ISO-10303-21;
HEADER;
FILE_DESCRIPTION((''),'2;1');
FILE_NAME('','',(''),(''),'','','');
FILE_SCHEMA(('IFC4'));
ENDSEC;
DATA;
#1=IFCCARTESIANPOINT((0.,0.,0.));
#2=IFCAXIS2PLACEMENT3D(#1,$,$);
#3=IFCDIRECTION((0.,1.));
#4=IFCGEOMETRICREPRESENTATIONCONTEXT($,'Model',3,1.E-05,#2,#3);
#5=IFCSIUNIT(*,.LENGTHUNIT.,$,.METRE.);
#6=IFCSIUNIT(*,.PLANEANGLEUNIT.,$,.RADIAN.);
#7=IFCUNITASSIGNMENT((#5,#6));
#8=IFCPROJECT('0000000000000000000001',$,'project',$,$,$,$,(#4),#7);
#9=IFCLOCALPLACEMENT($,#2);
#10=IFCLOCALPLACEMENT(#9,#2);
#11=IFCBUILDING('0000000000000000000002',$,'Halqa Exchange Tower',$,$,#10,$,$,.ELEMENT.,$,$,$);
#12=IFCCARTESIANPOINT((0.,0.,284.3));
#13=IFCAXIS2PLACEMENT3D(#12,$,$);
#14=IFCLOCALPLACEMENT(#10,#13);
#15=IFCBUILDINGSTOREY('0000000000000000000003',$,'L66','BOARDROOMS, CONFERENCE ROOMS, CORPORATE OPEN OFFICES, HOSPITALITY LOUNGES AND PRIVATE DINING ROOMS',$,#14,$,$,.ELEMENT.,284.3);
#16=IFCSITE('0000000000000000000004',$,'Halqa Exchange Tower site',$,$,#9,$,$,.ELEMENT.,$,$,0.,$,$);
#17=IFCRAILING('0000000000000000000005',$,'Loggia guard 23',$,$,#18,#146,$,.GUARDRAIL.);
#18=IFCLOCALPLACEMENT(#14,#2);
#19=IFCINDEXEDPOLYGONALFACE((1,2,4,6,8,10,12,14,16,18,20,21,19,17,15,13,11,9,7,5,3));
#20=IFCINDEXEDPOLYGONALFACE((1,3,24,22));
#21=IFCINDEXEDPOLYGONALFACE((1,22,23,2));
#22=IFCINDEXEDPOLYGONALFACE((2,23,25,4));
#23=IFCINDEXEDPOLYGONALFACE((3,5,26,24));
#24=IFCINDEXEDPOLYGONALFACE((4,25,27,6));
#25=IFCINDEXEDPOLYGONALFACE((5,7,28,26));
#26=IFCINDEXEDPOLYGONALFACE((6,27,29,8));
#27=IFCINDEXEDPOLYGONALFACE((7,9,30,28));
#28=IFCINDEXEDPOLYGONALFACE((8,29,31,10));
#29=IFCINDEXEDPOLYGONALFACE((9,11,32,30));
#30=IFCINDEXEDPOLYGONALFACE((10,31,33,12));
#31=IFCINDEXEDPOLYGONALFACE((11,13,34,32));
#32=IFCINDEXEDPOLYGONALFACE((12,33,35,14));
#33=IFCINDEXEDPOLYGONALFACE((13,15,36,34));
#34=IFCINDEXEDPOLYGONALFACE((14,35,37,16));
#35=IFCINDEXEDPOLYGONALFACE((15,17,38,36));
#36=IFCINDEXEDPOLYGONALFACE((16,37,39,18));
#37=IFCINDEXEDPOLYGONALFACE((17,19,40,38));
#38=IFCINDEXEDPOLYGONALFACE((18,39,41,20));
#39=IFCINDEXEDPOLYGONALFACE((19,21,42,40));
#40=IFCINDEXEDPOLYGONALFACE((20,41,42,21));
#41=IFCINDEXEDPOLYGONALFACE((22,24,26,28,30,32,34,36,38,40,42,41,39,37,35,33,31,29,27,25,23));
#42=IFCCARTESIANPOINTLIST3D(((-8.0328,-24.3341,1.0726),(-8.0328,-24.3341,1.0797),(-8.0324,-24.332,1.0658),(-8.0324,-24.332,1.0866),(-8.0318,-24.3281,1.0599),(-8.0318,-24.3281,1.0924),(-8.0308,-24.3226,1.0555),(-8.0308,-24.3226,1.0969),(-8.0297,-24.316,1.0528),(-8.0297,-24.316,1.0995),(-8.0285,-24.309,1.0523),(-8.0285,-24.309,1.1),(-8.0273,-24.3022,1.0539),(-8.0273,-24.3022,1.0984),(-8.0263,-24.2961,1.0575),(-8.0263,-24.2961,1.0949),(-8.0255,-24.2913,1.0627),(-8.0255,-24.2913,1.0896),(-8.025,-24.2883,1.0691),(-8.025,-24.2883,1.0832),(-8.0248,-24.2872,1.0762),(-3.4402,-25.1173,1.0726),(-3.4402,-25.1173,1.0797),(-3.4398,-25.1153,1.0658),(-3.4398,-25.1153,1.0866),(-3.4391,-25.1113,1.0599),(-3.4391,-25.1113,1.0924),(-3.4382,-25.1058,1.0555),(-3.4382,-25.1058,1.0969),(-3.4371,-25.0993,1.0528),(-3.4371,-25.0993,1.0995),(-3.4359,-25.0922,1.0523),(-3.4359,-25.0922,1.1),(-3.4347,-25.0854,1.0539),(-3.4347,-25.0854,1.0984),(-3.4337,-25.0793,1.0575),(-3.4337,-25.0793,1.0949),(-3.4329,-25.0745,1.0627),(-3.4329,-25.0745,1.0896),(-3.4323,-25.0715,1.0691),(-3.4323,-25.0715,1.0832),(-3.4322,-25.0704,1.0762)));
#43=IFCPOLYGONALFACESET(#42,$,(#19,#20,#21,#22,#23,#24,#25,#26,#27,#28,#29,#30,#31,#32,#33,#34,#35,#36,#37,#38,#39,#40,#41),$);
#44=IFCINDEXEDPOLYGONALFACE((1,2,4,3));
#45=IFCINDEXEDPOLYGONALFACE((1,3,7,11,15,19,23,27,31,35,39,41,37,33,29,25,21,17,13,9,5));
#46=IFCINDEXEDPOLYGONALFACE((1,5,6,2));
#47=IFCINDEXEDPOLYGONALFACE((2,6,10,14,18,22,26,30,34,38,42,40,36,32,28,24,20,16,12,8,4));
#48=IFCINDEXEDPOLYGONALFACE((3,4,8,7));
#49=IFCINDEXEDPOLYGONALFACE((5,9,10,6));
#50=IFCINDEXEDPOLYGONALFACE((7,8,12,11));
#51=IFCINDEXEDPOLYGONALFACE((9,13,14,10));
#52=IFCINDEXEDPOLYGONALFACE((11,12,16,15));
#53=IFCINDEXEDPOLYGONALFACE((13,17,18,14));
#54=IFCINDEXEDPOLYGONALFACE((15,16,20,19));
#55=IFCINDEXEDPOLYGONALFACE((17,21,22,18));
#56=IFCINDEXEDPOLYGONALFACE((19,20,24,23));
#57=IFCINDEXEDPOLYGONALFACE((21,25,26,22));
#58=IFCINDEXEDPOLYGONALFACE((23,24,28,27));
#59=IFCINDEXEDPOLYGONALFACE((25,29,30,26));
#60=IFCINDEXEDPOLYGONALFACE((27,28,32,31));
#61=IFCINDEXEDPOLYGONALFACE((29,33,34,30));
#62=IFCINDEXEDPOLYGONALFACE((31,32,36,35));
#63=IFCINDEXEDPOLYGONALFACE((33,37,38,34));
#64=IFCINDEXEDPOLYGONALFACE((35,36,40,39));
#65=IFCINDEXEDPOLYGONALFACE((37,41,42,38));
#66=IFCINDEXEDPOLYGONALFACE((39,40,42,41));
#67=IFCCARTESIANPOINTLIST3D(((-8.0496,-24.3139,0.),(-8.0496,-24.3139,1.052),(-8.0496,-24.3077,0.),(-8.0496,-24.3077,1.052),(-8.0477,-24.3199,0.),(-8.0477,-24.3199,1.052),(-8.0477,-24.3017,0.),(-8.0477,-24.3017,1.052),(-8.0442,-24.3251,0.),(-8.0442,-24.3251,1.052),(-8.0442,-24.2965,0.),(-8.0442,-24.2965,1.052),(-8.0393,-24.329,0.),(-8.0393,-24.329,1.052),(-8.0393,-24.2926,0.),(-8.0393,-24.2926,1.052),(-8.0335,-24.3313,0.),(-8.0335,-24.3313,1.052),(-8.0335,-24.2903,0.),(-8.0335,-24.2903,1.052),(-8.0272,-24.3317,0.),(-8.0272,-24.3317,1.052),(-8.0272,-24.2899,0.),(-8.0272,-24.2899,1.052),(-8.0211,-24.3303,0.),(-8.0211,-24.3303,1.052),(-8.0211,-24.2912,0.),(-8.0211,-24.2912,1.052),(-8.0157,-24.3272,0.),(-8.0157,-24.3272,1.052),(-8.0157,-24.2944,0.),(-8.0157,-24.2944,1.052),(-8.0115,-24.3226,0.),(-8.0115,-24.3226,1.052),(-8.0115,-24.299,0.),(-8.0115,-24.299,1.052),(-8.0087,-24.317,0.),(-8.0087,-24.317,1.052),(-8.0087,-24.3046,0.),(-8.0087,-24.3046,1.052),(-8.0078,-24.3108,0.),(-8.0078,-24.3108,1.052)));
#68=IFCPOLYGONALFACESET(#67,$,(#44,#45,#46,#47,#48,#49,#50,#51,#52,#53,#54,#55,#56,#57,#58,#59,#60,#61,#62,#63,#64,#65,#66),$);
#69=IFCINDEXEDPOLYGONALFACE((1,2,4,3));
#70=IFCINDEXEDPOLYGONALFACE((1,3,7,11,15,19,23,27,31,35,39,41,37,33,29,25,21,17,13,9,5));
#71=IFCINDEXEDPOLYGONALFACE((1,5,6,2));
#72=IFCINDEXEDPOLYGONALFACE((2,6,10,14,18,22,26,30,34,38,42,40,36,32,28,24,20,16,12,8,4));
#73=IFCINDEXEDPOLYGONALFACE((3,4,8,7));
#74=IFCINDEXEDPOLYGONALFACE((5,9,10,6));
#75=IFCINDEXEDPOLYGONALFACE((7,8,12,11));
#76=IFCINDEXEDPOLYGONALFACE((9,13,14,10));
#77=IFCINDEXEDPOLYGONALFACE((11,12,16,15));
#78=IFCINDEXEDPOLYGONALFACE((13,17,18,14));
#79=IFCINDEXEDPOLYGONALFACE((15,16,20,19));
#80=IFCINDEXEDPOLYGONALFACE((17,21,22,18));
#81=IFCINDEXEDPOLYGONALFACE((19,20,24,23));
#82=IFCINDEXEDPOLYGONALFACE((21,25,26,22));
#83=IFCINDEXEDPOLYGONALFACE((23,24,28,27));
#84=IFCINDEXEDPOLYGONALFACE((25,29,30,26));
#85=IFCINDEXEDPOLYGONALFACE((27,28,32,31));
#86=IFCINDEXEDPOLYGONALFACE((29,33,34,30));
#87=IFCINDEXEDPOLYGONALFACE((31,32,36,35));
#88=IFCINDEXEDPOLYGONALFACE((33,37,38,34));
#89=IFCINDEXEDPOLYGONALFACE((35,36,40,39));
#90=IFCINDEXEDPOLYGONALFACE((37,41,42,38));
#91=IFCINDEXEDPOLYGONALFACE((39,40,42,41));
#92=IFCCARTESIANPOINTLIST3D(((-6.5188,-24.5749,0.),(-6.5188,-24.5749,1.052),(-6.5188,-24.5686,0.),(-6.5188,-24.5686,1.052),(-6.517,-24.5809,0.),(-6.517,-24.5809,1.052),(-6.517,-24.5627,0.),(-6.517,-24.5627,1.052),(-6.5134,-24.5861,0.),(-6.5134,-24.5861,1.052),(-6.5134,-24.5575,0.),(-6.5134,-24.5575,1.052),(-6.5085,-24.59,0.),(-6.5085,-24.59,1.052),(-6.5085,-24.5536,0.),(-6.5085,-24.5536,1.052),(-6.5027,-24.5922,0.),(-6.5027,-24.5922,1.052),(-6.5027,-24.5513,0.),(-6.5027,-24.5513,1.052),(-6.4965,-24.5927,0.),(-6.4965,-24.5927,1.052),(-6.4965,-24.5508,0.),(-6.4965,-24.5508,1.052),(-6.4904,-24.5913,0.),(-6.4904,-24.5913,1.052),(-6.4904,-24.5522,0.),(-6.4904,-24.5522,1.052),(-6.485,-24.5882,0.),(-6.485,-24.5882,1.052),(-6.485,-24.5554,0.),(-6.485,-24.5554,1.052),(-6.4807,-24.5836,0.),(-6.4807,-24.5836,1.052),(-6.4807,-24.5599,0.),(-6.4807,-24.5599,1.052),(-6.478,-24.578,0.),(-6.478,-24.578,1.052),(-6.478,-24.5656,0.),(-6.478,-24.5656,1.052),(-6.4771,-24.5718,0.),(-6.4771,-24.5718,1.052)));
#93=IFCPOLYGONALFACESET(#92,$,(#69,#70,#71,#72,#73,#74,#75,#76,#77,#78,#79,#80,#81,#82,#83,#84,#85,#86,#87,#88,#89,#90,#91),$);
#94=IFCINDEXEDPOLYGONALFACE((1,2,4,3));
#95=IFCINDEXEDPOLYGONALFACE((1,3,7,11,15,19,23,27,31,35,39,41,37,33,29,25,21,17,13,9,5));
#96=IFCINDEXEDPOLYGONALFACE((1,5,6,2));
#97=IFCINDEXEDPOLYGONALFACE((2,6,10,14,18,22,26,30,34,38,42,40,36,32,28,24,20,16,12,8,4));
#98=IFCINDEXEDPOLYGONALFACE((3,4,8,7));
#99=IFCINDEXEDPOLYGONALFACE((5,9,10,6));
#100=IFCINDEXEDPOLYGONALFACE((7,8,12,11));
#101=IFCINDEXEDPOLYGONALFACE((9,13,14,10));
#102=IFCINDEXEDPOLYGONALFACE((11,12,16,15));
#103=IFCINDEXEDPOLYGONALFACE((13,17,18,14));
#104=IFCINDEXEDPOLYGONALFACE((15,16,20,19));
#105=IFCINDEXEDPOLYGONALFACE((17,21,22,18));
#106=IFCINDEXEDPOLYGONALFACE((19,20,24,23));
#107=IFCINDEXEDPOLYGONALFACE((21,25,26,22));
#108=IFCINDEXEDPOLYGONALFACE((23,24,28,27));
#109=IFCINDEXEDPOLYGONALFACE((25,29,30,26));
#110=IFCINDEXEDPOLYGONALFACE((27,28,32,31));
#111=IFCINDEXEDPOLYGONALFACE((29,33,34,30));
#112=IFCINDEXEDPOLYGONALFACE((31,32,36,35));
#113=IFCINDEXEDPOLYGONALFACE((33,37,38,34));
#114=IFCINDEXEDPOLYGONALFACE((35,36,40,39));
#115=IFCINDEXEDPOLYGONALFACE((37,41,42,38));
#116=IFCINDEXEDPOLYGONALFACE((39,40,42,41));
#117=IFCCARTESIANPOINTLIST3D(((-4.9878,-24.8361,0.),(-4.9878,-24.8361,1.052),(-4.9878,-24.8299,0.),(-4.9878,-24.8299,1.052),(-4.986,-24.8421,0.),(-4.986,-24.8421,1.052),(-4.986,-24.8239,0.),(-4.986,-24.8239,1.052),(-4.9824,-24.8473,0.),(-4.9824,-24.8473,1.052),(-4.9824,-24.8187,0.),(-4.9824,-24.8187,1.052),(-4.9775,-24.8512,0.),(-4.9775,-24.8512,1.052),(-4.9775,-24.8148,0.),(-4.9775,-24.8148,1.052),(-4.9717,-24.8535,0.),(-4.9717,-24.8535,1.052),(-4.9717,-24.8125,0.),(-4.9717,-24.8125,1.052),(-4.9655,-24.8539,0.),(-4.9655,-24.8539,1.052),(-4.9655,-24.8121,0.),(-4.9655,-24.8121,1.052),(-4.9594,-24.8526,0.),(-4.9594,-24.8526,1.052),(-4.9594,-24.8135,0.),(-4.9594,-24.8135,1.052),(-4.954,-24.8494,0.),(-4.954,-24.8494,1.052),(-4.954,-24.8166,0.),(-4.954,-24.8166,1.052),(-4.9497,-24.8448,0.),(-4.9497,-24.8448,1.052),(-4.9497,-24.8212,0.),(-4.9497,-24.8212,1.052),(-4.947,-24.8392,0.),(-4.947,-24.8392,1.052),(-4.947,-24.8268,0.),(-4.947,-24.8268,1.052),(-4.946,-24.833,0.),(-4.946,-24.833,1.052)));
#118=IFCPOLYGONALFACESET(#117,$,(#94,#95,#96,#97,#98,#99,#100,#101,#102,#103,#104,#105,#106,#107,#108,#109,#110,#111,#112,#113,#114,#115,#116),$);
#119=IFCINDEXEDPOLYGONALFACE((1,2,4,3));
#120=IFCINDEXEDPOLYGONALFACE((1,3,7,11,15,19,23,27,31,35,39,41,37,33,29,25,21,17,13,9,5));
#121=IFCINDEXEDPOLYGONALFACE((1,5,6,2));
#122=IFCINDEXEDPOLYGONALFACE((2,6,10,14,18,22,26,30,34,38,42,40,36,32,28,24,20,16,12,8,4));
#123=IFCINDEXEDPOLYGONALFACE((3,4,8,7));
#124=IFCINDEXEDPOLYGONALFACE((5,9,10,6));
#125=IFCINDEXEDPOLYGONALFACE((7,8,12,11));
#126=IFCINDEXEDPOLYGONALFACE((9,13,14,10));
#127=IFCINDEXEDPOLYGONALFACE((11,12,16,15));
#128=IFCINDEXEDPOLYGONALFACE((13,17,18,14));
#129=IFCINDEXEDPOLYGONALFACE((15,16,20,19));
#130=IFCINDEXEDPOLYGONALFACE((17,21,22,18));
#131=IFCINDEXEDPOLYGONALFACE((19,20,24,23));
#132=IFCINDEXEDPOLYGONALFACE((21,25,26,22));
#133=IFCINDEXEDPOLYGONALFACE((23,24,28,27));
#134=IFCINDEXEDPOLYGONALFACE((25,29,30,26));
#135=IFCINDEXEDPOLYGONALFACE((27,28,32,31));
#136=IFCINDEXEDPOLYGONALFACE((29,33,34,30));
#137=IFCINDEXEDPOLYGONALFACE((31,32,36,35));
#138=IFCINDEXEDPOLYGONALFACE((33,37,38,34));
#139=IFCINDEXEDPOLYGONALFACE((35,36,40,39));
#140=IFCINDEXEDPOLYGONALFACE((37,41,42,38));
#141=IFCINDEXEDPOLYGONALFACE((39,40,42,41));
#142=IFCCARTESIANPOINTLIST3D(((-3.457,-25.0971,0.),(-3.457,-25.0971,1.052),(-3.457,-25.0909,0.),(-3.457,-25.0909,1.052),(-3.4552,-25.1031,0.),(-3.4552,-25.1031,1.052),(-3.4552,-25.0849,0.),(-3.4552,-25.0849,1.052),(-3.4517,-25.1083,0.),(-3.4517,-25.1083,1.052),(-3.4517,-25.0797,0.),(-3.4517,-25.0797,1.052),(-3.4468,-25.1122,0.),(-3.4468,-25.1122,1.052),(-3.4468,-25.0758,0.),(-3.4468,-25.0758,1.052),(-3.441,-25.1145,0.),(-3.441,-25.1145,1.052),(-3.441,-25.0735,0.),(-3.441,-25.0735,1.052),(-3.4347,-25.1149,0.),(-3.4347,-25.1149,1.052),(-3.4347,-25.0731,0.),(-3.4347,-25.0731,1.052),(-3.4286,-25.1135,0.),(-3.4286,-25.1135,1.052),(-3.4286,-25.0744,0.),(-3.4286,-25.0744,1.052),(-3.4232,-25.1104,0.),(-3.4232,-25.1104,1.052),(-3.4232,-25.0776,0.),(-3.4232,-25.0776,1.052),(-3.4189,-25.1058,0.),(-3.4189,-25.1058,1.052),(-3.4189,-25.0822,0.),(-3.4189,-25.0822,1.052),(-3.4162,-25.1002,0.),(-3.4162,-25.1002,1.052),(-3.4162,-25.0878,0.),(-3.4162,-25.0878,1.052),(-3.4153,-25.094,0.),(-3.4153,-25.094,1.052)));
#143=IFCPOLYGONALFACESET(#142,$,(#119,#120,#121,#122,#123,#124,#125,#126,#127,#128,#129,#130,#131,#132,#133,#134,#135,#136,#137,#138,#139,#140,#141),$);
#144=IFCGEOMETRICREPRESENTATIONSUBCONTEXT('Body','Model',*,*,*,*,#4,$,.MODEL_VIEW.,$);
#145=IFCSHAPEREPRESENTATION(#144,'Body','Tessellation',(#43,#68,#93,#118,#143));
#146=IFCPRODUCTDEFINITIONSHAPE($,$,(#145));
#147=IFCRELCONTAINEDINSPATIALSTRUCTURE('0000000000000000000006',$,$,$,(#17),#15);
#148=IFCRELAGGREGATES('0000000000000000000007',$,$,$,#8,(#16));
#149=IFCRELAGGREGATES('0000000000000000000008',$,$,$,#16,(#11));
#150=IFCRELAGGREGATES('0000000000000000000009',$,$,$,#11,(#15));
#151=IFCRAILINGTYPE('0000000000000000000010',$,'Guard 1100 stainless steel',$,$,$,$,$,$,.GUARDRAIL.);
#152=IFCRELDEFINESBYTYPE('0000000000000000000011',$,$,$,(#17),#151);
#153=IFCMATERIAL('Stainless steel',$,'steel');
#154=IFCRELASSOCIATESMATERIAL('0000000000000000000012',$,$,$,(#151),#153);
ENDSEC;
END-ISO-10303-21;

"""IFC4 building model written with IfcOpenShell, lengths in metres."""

from ifc_helpers import new_model, si_unit, direction, frame, origin, origin_2d, place, context, subcontext, project, spatial, circle, extrude, material, type_object, element, save


model = new_model("IFC4")

# Units and contexts
model_context = context("Model", 3, precision=1e-05, world=origin(), true_north=direction((0.0, 1.0)))
body_context = subcontext(model_context, "Body", "Model", "MODEL_VIEW")
ifc_project = project(units=[si_unit("LENGTHUNIT", "METRE"), si_unit("PLANEANGLEUNIT", "RADIAN")], contexts=[model_context])

# Site, building, storey
site_placement = place(None, origin())
site = spatial("IfcSite", under=ifc_project, at=site_placement, Name="Halqa Exchange Tower site", CompositionType="ELEMENT", RefElevation=0.0)
building_placement = place(site_placement, origin())
building = spatial("IfcBuilding", under=site, at=building_placement, Name="Halqa Exchange Tower", CompositionType="ELEMENT")
storey_placement = place(building_placement, frame((0.0, 0.0, 284.3)))
storey = spatial("IfcBuildingStorey", under=building, at=storey_placement, Name="L66", Description="BOARDROOMS, CONFERENCE ROOMS, CORPORATE OPEN OFFICES, HOSPITALITY LOUNGES AND PRIVATE DINING ROOMS", CompositionType="ELEMENT", Elevation=284.3)

# Railing
ifc_material_1 = material(Name="Stainless steel", Category="steel")
railing_type = type_object("IfcRailingType", Name="Guard 1100 stainless steel", PredefinedType="GUARDRAIL", material=ifc_material_1)
railing_1_placement = place(storey_placement, frame((-8.0288, -24.3108, 0.0)))
element("IfcRailing", 1, at=railing_1_placement, inside=storey, type_object=railing_type, Name="Loggia guard 23", PredefinedType="GUARDRAIL", context=body_context, shape_type="SweptSolid", body=[
    extrude(circle(Radius=0.0239, at=origin_2d()), frame((0.0, 0.0, 1.0762), z_axis=(0.985768, -0.168111, 0.0), x_axis=(0.168111, 0.985768, 0.0)), (0.0, 0.0, 1.0), 4.6589),
    extrude(circle(Radius=0.021, at=origin_2d()), origin(), (0.0, 0.0, 1.0), 1.052),
    extrude(circle(Radius=0.021, at=origin_2d()), frame((1.5308, -0.261, 0.0)), (0.0, 0.0, 1.0), 1.052),
    extrude(circle(Radius=0.021, at=origin_2d()), frame((3.0618, -0.5222, 0.0)), (0.0, 0.0, 1.0), 1.052),
    extrude(circle(Radius=0.021, at=origin_2d()), frame((4.5925, -0.7832, 0.0)), (0.0, 0.0, 1.0), 1.052),
])

save(model, "model.ifc")
